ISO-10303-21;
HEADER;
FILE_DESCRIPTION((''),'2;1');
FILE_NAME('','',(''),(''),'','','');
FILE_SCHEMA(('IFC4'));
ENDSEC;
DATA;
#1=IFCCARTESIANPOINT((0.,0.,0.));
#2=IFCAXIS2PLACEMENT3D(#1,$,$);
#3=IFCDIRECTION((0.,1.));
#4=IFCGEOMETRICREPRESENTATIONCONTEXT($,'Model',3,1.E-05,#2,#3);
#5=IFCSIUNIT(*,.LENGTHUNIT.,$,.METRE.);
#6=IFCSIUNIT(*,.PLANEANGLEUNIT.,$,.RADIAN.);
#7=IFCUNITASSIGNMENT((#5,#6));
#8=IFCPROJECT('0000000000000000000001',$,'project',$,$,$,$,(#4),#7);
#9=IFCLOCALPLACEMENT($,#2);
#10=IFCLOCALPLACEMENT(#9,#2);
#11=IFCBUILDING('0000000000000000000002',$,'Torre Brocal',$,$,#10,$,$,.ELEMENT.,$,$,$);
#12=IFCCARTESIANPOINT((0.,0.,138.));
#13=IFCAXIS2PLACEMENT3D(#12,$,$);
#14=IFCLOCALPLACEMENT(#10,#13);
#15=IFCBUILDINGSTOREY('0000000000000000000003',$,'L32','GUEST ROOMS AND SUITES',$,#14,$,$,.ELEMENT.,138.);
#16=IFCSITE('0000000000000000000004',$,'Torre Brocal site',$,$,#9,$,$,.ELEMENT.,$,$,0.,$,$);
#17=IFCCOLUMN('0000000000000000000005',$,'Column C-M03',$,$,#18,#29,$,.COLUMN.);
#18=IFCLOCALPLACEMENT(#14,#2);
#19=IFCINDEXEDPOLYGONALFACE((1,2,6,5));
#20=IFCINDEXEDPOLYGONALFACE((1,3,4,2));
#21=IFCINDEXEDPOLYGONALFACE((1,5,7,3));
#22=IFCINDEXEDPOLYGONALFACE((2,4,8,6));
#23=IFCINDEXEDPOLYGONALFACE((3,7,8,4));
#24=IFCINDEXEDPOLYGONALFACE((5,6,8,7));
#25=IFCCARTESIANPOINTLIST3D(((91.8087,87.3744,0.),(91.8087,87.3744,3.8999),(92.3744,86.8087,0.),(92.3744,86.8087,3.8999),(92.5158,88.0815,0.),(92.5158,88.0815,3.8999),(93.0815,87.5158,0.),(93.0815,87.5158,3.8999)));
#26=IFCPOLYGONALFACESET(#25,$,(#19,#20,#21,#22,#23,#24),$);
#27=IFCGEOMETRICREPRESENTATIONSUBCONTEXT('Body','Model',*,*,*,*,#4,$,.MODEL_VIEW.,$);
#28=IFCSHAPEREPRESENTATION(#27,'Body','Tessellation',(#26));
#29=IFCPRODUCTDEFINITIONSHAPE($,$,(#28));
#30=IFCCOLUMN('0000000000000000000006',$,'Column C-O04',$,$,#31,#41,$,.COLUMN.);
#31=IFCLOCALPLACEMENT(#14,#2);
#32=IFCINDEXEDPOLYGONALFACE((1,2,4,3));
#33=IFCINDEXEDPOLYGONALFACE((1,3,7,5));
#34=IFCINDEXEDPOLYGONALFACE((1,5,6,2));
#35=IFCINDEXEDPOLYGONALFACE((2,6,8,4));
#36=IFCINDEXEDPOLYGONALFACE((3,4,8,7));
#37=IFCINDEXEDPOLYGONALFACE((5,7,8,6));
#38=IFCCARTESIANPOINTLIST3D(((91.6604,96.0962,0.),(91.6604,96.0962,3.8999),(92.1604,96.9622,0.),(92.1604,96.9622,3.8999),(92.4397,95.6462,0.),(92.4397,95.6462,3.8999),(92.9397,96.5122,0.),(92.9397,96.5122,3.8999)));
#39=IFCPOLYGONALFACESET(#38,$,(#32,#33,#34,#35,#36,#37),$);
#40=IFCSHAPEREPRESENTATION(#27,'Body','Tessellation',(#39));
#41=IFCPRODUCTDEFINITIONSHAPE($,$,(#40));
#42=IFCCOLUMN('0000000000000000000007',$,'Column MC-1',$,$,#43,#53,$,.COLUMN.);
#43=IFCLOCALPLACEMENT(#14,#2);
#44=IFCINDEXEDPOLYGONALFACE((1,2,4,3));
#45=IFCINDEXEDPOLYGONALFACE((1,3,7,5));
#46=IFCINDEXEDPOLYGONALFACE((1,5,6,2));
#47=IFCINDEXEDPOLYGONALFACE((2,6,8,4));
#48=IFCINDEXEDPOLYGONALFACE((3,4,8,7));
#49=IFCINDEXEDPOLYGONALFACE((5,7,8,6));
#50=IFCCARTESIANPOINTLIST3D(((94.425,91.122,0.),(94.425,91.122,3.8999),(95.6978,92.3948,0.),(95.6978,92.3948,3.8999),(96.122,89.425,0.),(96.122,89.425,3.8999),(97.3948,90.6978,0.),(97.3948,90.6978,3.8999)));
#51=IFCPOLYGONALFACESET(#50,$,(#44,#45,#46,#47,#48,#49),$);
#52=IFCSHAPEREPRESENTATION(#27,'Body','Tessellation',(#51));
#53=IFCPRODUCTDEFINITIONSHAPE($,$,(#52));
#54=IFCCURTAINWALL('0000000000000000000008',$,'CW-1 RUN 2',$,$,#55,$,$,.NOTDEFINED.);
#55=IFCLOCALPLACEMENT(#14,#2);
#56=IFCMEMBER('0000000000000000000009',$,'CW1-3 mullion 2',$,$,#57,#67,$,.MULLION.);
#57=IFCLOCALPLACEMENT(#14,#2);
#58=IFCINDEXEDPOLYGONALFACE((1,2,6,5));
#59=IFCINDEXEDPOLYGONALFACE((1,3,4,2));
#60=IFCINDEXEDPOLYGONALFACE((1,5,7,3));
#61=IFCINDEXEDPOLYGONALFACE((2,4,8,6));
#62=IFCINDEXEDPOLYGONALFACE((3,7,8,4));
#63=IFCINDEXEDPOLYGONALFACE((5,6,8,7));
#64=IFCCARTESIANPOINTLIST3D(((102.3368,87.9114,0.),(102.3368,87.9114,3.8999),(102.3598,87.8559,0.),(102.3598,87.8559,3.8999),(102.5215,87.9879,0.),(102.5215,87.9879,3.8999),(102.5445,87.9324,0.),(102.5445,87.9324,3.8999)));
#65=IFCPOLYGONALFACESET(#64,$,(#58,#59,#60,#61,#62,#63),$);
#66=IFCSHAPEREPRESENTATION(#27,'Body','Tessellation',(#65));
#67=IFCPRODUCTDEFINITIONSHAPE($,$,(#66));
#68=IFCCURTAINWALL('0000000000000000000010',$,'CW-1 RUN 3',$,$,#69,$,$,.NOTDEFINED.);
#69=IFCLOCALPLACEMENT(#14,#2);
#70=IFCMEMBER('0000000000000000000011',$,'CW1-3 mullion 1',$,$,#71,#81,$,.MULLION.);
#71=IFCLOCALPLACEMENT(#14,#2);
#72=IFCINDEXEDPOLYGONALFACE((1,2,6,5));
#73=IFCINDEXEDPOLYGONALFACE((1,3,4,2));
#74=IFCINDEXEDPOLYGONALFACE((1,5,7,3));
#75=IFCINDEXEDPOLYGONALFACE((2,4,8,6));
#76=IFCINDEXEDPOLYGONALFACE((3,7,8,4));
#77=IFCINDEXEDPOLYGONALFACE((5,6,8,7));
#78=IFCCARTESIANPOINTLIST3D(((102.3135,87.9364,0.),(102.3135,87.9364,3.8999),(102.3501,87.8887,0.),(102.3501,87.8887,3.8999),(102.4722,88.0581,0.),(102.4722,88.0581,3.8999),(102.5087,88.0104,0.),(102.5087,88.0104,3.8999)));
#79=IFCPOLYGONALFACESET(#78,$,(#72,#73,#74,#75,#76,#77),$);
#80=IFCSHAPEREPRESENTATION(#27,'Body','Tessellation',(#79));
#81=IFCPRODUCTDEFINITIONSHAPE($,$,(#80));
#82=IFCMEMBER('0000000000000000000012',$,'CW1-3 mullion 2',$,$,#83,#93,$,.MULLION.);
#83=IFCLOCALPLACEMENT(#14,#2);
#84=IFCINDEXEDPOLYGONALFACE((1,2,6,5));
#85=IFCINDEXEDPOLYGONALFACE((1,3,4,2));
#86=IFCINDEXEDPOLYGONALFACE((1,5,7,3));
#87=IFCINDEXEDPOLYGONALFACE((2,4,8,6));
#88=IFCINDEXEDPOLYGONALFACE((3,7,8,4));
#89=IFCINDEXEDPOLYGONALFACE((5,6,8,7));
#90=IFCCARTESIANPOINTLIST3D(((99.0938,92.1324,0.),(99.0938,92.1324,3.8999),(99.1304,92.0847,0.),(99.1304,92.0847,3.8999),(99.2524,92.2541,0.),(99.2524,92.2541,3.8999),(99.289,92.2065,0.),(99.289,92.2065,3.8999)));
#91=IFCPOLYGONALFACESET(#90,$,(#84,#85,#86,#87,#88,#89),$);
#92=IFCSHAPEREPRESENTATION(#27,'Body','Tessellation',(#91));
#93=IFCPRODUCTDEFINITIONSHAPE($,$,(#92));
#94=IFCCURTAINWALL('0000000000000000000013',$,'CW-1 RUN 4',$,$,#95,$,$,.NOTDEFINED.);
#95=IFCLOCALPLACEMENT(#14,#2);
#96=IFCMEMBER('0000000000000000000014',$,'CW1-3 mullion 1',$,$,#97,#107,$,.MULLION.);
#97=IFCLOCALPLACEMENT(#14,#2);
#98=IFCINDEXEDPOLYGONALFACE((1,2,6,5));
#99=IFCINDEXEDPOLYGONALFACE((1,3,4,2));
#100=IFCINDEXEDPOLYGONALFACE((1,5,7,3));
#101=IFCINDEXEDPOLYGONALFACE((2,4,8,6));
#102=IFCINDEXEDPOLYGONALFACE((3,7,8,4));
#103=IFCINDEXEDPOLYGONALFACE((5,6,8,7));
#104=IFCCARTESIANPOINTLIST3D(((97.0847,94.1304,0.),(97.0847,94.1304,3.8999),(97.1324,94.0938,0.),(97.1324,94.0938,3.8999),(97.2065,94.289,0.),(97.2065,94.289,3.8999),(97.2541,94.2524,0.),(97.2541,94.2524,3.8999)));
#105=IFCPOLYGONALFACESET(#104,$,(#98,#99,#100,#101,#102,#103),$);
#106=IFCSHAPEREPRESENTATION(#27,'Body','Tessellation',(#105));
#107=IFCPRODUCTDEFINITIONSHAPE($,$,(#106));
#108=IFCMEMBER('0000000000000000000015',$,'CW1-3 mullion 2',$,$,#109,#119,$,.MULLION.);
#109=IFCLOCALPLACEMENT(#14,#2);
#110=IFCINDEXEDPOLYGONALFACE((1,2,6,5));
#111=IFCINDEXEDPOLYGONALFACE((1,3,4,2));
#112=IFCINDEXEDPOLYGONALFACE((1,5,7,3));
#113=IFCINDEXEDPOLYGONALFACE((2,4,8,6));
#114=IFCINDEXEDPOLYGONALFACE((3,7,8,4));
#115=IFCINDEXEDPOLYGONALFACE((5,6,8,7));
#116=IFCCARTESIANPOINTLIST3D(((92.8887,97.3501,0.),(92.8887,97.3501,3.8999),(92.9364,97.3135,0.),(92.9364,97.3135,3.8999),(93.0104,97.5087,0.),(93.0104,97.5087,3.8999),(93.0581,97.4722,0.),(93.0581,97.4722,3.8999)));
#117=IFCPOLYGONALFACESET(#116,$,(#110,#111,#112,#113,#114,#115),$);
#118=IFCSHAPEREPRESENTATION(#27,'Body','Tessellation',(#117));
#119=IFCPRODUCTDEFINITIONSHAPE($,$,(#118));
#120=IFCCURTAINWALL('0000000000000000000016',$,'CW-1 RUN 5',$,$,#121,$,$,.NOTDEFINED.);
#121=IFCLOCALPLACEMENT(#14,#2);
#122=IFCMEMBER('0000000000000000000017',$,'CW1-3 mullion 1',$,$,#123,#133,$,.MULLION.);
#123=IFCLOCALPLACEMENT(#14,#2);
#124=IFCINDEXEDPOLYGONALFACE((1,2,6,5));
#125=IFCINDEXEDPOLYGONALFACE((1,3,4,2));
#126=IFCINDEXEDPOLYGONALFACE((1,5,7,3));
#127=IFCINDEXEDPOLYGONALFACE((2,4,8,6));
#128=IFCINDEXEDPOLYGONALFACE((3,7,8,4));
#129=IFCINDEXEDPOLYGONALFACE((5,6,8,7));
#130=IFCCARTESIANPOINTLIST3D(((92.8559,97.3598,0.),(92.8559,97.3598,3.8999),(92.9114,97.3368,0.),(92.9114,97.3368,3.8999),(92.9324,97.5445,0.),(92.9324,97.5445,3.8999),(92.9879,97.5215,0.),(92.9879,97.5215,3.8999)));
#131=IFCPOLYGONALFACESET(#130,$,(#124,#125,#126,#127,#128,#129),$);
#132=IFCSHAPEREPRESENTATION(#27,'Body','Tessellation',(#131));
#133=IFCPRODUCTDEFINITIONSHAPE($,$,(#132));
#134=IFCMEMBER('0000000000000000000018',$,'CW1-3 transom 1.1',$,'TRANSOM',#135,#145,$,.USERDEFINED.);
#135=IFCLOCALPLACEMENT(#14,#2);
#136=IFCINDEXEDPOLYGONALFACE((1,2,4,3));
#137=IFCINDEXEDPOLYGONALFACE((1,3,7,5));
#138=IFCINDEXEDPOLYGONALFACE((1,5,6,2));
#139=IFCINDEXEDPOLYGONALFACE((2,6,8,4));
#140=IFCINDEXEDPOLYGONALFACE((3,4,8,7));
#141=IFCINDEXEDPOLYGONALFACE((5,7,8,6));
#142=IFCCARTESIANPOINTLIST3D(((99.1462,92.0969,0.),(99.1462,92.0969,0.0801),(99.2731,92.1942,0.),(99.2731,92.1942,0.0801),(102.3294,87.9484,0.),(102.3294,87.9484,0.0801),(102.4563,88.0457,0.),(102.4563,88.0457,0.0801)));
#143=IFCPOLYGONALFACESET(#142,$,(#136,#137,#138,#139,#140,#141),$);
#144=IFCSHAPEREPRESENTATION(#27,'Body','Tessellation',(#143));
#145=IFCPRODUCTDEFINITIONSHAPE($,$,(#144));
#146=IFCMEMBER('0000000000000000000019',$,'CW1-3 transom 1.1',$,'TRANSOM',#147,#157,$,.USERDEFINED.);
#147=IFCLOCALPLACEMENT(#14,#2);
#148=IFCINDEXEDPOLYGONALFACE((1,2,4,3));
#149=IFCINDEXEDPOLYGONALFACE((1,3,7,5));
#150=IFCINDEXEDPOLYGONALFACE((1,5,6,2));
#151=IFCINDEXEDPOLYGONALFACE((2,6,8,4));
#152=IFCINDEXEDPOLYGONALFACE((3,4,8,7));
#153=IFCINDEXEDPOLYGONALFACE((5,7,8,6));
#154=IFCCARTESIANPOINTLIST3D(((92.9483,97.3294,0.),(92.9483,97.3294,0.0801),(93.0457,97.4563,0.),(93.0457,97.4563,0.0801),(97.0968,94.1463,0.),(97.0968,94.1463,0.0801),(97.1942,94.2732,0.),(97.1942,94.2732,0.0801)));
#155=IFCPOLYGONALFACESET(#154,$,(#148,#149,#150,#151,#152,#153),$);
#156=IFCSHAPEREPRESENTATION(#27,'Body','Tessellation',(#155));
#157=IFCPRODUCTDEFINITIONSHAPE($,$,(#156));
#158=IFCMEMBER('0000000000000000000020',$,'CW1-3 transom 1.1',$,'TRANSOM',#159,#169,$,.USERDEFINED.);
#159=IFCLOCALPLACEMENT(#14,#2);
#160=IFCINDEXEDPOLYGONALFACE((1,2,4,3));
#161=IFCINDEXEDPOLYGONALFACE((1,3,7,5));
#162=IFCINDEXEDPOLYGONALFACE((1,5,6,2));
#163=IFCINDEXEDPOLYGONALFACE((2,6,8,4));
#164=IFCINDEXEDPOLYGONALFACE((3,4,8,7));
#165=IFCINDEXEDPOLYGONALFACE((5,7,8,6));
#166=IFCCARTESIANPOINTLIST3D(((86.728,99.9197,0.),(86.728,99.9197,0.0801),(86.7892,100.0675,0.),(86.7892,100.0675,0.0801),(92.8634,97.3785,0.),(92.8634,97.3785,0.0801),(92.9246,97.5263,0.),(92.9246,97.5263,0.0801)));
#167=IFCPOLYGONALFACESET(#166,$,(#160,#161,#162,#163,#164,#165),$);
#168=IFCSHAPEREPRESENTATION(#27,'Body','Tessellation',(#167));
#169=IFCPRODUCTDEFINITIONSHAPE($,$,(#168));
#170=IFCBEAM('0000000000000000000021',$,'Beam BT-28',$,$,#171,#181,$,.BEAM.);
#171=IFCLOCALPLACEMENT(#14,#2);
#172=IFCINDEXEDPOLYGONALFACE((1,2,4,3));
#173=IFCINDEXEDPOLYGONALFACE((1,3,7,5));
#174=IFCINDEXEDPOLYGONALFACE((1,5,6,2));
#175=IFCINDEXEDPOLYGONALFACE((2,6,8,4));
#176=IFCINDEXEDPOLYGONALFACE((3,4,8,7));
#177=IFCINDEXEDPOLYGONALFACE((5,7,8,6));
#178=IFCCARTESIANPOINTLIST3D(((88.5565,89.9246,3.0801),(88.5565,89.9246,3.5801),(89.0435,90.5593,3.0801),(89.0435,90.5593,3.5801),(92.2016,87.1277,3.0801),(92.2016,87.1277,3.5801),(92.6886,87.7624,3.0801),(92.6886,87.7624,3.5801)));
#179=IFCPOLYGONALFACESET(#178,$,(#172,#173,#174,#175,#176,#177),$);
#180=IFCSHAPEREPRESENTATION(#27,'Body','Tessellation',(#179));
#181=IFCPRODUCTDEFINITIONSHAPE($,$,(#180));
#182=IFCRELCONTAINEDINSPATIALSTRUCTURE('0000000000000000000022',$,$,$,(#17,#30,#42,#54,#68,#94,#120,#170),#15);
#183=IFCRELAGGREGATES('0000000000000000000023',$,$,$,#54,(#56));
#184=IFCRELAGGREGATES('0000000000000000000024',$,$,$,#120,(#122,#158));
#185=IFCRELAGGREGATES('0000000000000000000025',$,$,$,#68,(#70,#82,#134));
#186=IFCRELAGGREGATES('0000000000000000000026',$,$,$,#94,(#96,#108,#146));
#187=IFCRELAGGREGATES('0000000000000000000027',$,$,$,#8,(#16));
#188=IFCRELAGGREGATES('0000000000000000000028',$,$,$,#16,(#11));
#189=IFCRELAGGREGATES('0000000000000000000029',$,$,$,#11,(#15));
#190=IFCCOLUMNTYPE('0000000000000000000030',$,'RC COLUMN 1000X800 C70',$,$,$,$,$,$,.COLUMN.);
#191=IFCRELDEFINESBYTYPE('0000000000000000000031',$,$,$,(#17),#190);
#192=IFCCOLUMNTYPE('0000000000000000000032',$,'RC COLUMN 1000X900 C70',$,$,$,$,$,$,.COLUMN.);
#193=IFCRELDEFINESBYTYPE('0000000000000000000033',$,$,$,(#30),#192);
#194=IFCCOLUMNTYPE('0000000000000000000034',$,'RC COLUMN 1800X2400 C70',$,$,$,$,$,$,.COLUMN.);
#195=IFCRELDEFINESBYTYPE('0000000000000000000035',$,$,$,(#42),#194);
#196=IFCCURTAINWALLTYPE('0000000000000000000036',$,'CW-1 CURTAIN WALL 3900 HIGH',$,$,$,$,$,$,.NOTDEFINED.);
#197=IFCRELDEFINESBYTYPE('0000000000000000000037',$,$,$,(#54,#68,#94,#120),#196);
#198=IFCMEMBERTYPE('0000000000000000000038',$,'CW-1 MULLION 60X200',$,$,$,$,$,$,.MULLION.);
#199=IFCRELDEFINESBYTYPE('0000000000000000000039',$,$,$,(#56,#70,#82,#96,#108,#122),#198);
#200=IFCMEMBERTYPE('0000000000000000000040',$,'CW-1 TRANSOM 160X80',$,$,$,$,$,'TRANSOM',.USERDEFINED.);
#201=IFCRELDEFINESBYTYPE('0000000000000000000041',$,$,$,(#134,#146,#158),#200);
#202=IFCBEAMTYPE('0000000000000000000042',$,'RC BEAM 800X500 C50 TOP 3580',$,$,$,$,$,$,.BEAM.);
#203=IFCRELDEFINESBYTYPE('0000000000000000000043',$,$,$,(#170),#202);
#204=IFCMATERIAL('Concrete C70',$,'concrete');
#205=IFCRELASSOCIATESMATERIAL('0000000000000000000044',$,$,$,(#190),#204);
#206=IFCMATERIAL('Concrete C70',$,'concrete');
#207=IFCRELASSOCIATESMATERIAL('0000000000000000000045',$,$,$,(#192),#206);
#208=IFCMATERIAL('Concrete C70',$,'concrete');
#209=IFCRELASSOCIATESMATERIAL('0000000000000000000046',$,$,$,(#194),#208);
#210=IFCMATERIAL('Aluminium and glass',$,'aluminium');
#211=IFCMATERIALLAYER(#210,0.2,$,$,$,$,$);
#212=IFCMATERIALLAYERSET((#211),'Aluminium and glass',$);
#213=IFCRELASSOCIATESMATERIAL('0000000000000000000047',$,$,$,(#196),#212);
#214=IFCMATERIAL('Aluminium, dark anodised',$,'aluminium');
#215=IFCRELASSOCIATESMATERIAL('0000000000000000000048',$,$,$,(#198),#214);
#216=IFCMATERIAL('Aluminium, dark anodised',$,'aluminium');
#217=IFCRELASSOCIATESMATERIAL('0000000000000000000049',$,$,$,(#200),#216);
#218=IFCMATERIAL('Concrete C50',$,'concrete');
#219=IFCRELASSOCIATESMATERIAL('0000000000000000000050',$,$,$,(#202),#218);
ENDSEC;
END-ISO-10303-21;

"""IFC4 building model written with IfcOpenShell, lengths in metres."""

from ifc_helpers import new_model, si_unit, direction, frame, origin, origin_2d, place, context, subcontext, project, spatial, rectangle, extrude, material, layer, layer_set, material_profile, profile_set, type_object, element, aggregate, save


model = new_model("IFC4")

# Units and contexts
model_context = context("Model", 3, precision=1e-05, world=origin(), true_north=direction((0.0, 1.0)))
body_context = subcontext(model_context, "Body", "Model", "MODEL_VIEW")
ifc_project = project(units=[si_unit("LENGTHUNIT", "METRE"), si_unit("PLANEANGLEUNIT", "RADIAN")], contexts=[model_context])

# Site, building, storey
site_placement = place(None, origin())
site = spatial("IfcSite", under=ifc_project, at=site_placement, Name="Torre Brocal site", CompositionType="ELEMENT", RefElevation=0.0)
building_placement = place(site_placement, origin())
building = spatial("IfcBuilding", under=site, at=building_placement, Name="Torre Brocal", CompositionType="ELEMENT")
storey_placement = place(building_placement, frame((0.0, 0.0, 138.0)))
storey = spatial("IfcBuildingStorey", under=building, at=storey_placement, Name="L32", Description="GUEST ROOMS AND SUITES", CompositionType="ELEMENT", Elevation=138.0)

# Columns
ifc_material_1 = material(Name="Concrete C70", Category="concrete")
ifc_material_profile_1 = material_profile(ifc_material_1, rectangle(XDim=1.0, YDim=0.8, at=origin_2d()), Name="RC 1000X800")
ifc_profile_set_1 = profile_set([ifc_material_profile_1], Name="Concrete C70")
column_type_1 = type_object("IfcColumnType", Name="RC COLUMN 1000X800 C70", PredefinedType="COLUMN", material=ifc_profile_set_1)
column_1_placement = place(storey_placement, frame((92.4451, 87.4451, 0.0), z_axis=(0.0, 0.0, 1.0), x_axis=(0.707107, 0.707107, 0.0)))
element("IfcColumn", 1, at=column_1_placement, inside=storey, type_object=column_type_1, Name="Column C-M03", PredefinedType="COLUMN", context=body_context, shape_type="SweptSolid", body=[
    extrude(rectangle(XDim=1.0, YDim=0.8, at=origin_2d()), origin(), (0.0, 0.0, 1.0), 3.8999),
])
ifc_material_2 = material(Name="Concrete C70", Category="concrete")
ifc_material_profile_2 = material_profile(ifc_material_2, rectangle(XDim=1.0, YDim=0.8999, at=origin_2d()), Name="RC 1000X900")
ifc_profile_set_2 = profile_set([ifc_material_profile_2], Name="Concrete C70")
column_type_2 = type_object("IfcColumnType", Name="RC COLUMN 1000X900 C70", PredefinedType="COLUMN", material=ifc_profile_set_2)
column_2_placement = place(storey_placement, frame((92.3, 96.3042, 0.0), z_axis=(0.0, 0.0, 1.0), x_axis=(0.5, 0.866025, 0.0)))
element("IfcColumn", 2, at=column_2_placement, inside=storey, type_object=column_type_2, Name="Column C-O04", PredefinedType="COLUMN", context=body_context, shape_type="SweptSolid", body=[
    extrude(rectangle(XDim=1.0, YDim=0.8999, at=origin_2d()), origin(), (0.0, 0.0, 1.0), 3.8999),
])
ifc_material_3 = material(Name="Concrete C70", Category="concrete")
ifc_material_profile_3 = material_profile(ifc_material_3, rectangle(XDim=1.8, YDim=2.3999, at=origin_2d()), Name="RC 1800X2400")
ifc_profile_set_3 = profile_set([ifc_material_profile_3], Name="Concrete C70")
column_type_3 = type_object("IfcColumnType", Name="RC COLUMN 1800X2400 C70", PredefinedType="COLUMN", material=ifc_profile_set_3)
column_3_placement = place(storey_placement, frame((95.9099, 90.9099, 0.0), z_axis=(0.0, 0.0, 1.0), x_axis=(0.707107, 0.707107, 0.0)))
element("IfcColumn", 3, at=column_3_placement, inside=storey, type_object=column_type_3, Name="Column MC-1", PredefinedType="COLUMN", context=body_context, shape_type="SweptSolid", body=[
    extrude(rectangle(XDim=1.8, YDim=2.3999, at=origin_2d()), origin(), (0.0, 0.0, 1.0), 3.8999),
])

# Curtain wall, member
ifc_material_4 = material(Name="Aluminium and glass", Category="aluminium")
ifc_layer_1 = layer(ifc_material_4, 0.2)
ifc_layer_set_1 = layer_set([ifc_layer_1], Name="Aluminium and glass")
curtain_wall_type = type_object("IfcCurtainWallType", Name="CW-1 CURTAIN WALL 3900 HIGH", PredefinedType="NOTDEFINED", material=ifc_layer_set_1)
curtain_wall_1_placement = place(storey_placement, origin())
curtain_wall_1 = element("IfcCurtainWall", 4, at=curtain_wall_1_placement, inside=storey, type_object=curtain_wall_type, Name="CW-1 RUN 2", PredefinedType="NOTDEFINED")
ifc_material_5 = material(Name="Aluminium, dark anodised", Category="aluminium")
ifc_material_profile_4 = material_profile(ifc_material_5, rectangle(XDim=0.2, YDim=0.0601, at=origin_2d()), Name="CW-1 MULLION 60X200")
ifc_profile_set_4 = profile_set([ifc_material_profile_4], Name="Aluminium, dark anodised")
member_type_1 = type_object("IfcMemberType", Name="CW-1 MULLION 60X200", PredefinedType="MULLION", material=ifc_profile_set_4)
member_1_placement = place(storey_placement, frame((102.4407, 87.9219, 0.0), z_axis=(0.0, 0.0, 1.0), x_axis=(-0.92388, -0.382683, 0.0)))
member_1 = element("IfcMember", 5, at=member_1_placement, type_object=member_type_1, Name="CW1-3 mullion 2", PredefinedType="MULLION", context=body_context, shape_type="SweptSolid", body=[
    extrude(rectangle(XDim=0.2, YDim=0.0601, at=origin_2d()), origin(), (0.0, 0.0, 1.0), 3.8999),
])
aggregate(curtain_wall_1, [member_1])

# Curtain walls, members
curtain_wall_2_placement = place(storey_placement, origin())
curtain_wall_2 = element("IfcCurtainWall", 6, at=curtain_wall_2_placement, inside=storey, type_object=curtain_wall_type, Name="CW-1 RUN 3", PredefinedType="NOTDEFINED")
member_2_placement = place(storey_placement, frame((102.4111, 87.9734, 0.0), z_axis=(0.0, 0.0, 1.0), x_axis=(-0.793353, -0.608761, 0.0)))
member_2 = element("IfcMember", 7, at=member_2_placement, type_object=member_type_1, Name="CW1-3 mullion 1", PredefinedType="MULLION", context=body_context, shape_type="SweptSolid", body=[
    extrude(rectangle(XDim=0.2, YDim=0.0601, at=origin_2d()), origin(), (0.0, 0.0, 1.0), 3.8999),
])
member_3_placement = place(storey_placement, frame((99.1914, 92.1694, 0.0), z_axis=(0.0, 0.0, 1.0), x_axis=(-0.793353, -0.608761, 0.0)))
member_3 = element("IfcMember", 8, at=member_3_placement, type_object=member_type_1, Name="CW1-3 mullion 2", PredefinedType="MULLION", context=body_context, shape_type="SweptSolid", body=[
    extrude(rectangle(XDim=0.2, YDim=0.0601, at=origin_2d()), origin(), (0.0, 0.0, 1.0), 3.8999),
])
curtain_wall_3_placement = place(storey_placement, origin())
curtain_wall_3 = element("IfcCurtainWall", 9, at=curtain_wall_3_placement, inside=storey, type_object=curtain_wall_type, Name="CW-1 RUN 4", PredefinedType="NOTDEFINED")
member_4_placement = place(storey_placement, frame((97.1694, 94.1914, 0.0), z_axis=(0.0, 0.0, 1.0), x_axis=(-0.608761, -0.793353, 0.0)))
member_4 = element("IfcMember", 10, at=member_4_placement, type_object=member_type_1, Name="CW1-3 mullion 1", PredefinedType="MULLION", context=body_context, shape_type="SweptSolid", body=[
    extrude(rectangle(XDim=0.2, YDim=0.0601, at=origin_2d()), origin(), (0.0, 0.0, 1.0), 3.8999),
])
member_5_placement = place(storey_placement, frame((92.9734, 97.4111, 0.0), z_axis=(0.0, 0.0, 1.0), x_axis=(-0.608761, -0.793353, 0.0)))
member_5 = element("IfcMember", 11, at=member_5_placement, type_object=member_type_1, Name="CW1-3 mullion 2", PredefinedType="MULLION", context=body_context, shape_type="SweptSolid", body=[
    extrude(rectangle(XDim=0.2, YDim=0.0601, at=origin_2d()), origin(), (0.0, 0.0, 1.0), 3.8999),
])

# Curtain wall, member
curtain_wall_4_placement = place(storey_placement, origin())
curtain_wall_4 = element("IfcCurtainWall", 12, at=curtain_wall_4_placement, inside=storey, type_object=curtain_wall_type, Name="CW-1 RUN 5", PredefinedType="NOTDEFINED")
member_6_placement = place(storey_placement, frame((92.9219, 97.4407, 0.0), z_axis=(0.0, 0.0, 1.0), x_axis=(-0.382683, -0.92388, 0.0)))
member_6 = element("IfcMember", 13, at=member_6_placement, type_object=member_type_1, Name="CW1-3 mullion 1", PredefinedType="MULLION", context=body_context, shape_type="SweptSolid", body=[
    extrude(rectangle(XDim=0.2, YDim=0.0601, at=origin_2d()), origin(), (0.0, 0.0, 1.0), 3.8999),
])

# Members
ifc_material_6 = material(Name="Aluminium, dark anodised", Category="aluminium")
ifc_material_profile_5 = material_profile(ifc_material_6, rectangle(XDim=0.1599, YDim=0.0801, at=origin_2d()), Name="CW-1 TRANSOM 160X80")
ifc_profile_set_5 = profile_set([ifc_material_profile_5], Name="Aluminium, dark anodised")
member_type_2 = type_object("IfcMemberType", Name="CW-1 TRANSOM 160X80", ElementType="TRANSOM", PredefinedType="USERDEFINED", material=ifc_profile_set_5)
member_7_placement = place(storey_placement, frame((102.3928, 87.9971, 0.04), z_axis=(-0.608749, 0.793363, 0.0), x_axis=(-0.793363, -0.608749, 0.0)))
member_7 = element("IfcMember", 14, at=member_7_placement, type_object=member_type_2, Name="CW1-3 transom 1.1", ObjectType="TRANSOM", PredefinedType="USERDEFINED", context=body_context, shape_type="SweptSolid", body=[
    extrude(rectangle(XDim=0.1599, YDim=0.0801, at=origin_2d()), origin(), (0.0, 0.0, 1.0), 5.229),
])
member_8_placement = place(storey_placement, frame((97.1455, 94.2097, 0.04), z_axis=(-0.793363, 0.608749, 0.0), x_axis=(-0.608749, -0.793363, 0.0)))
member_8 = element("IfcMember", 15, at=member_8_placement, type_object=member_type_2, Name="CW1-3 transom 1.1", ObjectType="TRANSOM", PredefinedType="USERDEFINED", context=body_context, shape_type="SweptSolid", body=[
    extrude(rectangle(XDim=0.1599, YDim=0.0801, at=origin_2d()), origin(), (0.0, 0.0, 1.0), 5.229),
])
member_9_placement = place(storey_placement, frame((92.894, 97.4524, 0.04), z_axis=(-0.923887, 0.382665, 0.0), x_axis=(-0.382665, -0.923887, 0.0)))
member_9 = element("IfcMember", 16, at=member_9_placement, type_object=member_type_2, Name="CW1-3 transom 1.1", ObjectType="TRANSOM", PredefinedType="USERDEFINED", context=body_context, shape_type="SweptSolid", body=[
    extrude(rectangle(XDim=0.1599, YDim=0.0801, at=origin_2d()), origin(), (0.0, 0.0, 1.0), 6.6409),
])
aggregate(curtain_wall_4, [member_6, member_9])

# Beam
ifc_material_7 = material(Name="Concrete C50", Category="concrete")
ifc_material_profile_6 = material_profile(ifc_material_7, rectangle(XDim=0.8, YDim=0.5, at=origin_2d()), Name="RC 800X500")
ifc_profile_set_6 = profile_set([ifc_material_profile_6], Name="Concrete C50")
beam_type_1 = type_object("IfcBeamType", Name="RC BEAM 800X500 C50 TOP 3580", PredefinedType="BEAM", material=ifc_profile_set_6)
beam_1_placement = place(storey_placement, frame((92.4451, 87.4451, 3.3301), z_axis=(-0.793358, 0.608755, 0.0), x_axis=(-0.608755, -0.793358, 0.0)))
element("IfcBeam", 17, at=beam_1_placement, inside=storey, type_object=beam_type_1, Name="Beam BT-28", PredefinedType="BEAM", context=body_context, shape_type="SweptSolid", body=[
    extrude(rectangle(XDim=0.8, YDim=0.5, at=origin_2d()), origin(), (0.0, 0.0, 1.0), 4.5945),
])

aggregate(curtain_wall_2, [member_2, member_3, member_7])
aggregate(curtain_wall_3, [member_4, member_5, member_8])

save(model, "model.ifc")
